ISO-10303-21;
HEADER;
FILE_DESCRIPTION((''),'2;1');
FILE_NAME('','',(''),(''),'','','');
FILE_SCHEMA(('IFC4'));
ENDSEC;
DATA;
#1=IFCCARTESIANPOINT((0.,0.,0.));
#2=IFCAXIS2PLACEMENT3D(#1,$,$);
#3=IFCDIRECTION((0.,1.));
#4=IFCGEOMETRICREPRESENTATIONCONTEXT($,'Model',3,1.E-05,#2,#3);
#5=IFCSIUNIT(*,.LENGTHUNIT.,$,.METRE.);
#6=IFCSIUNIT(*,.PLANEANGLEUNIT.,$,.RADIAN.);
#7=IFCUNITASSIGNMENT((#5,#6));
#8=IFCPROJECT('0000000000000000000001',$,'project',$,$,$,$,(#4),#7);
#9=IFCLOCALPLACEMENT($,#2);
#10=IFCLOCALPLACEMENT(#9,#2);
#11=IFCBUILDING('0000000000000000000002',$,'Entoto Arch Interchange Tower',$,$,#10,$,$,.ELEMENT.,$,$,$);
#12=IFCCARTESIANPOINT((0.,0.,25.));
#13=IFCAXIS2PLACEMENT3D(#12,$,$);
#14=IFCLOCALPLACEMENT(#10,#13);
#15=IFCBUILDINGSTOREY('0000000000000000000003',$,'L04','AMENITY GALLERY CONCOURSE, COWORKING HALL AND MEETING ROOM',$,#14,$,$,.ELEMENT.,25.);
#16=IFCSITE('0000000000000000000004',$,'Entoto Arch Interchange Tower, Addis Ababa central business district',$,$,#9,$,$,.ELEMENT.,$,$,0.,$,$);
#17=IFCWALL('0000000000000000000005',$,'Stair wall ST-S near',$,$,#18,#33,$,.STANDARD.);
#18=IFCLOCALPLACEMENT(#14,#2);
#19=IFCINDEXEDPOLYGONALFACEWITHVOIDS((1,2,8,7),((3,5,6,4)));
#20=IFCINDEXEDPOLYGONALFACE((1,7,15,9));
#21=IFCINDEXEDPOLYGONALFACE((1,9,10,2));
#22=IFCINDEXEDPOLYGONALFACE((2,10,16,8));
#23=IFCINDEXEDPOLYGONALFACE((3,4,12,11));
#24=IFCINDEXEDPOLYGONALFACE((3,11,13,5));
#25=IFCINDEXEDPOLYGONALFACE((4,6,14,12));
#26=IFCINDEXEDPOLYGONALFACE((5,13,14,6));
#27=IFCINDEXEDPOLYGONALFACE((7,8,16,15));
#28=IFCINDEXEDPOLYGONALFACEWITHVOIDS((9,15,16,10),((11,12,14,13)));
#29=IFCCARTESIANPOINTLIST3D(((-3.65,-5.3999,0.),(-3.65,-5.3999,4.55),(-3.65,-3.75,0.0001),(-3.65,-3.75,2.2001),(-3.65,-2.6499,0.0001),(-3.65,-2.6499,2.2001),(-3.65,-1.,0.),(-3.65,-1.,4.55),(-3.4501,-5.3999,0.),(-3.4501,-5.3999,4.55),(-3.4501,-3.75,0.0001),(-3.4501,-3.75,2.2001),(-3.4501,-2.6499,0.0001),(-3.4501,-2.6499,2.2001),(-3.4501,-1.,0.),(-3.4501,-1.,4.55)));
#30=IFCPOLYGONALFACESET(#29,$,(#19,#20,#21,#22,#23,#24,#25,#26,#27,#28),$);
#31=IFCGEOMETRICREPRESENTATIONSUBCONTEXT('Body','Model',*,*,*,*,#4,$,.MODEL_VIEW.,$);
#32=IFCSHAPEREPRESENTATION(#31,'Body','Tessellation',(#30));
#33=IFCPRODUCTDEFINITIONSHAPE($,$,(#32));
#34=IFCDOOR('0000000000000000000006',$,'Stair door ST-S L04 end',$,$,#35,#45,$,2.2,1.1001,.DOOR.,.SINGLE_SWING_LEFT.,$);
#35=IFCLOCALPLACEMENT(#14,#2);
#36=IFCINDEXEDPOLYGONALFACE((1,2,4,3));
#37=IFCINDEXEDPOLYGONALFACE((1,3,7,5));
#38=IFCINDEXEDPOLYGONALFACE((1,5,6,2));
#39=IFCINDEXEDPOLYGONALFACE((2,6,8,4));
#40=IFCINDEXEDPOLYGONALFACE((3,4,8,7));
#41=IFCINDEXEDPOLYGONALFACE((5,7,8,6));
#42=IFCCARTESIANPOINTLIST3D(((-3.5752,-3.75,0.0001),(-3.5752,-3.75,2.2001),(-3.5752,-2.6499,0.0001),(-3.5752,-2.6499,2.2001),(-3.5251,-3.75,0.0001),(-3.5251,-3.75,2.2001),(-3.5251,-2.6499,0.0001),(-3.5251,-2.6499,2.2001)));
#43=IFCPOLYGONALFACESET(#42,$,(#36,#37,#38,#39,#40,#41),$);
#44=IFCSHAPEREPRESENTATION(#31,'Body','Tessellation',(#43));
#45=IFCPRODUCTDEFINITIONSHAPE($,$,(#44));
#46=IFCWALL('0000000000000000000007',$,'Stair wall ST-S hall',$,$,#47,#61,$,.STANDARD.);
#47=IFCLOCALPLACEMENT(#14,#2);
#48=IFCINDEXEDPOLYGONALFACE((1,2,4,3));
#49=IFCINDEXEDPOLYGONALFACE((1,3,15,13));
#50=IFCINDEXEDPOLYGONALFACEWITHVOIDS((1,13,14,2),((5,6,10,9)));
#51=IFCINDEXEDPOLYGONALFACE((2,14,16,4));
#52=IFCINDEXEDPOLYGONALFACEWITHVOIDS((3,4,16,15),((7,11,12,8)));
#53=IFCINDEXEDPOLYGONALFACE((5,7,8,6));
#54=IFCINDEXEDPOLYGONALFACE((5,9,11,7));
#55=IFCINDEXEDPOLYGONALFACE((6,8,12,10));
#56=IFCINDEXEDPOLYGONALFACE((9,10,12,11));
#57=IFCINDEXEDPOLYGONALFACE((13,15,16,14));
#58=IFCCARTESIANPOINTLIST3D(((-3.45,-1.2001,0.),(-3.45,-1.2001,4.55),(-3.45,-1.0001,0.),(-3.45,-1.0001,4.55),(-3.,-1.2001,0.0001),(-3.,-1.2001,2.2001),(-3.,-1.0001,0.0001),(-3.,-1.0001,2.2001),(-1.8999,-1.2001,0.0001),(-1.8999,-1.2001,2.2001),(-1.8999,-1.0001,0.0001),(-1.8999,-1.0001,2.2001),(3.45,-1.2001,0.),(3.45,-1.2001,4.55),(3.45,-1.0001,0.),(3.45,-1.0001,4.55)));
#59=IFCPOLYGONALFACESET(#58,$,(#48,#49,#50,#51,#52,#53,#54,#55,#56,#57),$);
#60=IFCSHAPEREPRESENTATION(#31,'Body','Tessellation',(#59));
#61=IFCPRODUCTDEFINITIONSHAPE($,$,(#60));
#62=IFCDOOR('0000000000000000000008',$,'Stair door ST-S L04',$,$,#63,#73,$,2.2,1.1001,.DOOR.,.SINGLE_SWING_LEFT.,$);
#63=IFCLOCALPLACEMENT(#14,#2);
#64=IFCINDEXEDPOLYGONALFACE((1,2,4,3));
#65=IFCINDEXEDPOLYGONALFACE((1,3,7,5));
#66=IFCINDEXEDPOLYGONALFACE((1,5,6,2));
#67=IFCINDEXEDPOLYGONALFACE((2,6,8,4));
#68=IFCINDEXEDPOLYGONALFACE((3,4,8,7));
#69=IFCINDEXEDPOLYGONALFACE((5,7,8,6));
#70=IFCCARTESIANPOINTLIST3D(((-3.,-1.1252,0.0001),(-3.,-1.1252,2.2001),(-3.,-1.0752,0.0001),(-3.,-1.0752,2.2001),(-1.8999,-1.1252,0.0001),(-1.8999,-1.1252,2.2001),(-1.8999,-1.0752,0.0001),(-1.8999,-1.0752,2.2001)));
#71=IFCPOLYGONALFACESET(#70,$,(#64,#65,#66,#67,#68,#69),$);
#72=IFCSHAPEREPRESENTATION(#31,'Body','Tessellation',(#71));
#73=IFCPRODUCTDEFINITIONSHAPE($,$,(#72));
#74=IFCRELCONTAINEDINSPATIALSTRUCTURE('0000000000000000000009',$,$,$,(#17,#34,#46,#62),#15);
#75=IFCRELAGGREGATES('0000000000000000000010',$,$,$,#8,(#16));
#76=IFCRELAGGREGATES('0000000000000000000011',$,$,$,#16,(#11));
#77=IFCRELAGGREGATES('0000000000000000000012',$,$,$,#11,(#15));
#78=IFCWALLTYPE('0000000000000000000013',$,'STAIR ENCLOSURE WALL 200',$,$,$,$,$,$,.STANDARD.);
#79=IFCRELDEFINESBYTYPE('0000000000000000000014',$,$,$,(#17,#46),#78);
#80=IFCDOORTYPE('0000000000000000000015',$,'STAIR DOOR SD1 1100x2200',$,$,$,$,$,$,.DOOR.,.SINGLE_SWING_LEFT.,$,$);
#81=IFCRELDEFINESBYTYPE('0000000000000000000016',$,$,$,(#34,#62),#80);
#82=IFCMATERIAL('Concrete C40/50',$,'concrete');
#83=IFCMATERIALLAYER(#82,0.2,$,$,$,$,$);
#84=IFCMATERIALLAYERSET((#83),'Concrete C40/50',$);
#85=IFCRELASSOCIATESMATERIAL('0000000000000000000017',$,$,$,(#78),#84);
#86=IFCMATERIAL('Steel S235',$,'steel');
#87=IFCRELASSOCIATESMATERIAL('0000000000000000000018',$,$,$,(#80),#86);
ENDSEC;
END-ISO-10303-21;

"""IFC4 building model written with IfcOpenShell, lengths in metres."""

from ifc_helpers import new_model, si_unit, direction, frame, frame_2d, origin, place, context, subcontext, project, spatial, rectangle, extrude, material, layer, layer_set, type_object, element, fill, save


model = new_model("IFC4")

# Units and contexts
model_context = context("Model", 3, precision=1e-05, world=origin(), true_north=direction((0.0, 1.0)))
body_context = subcontext(model_context, "Body", "Model", "MODEL_VIEW")
ifc_project = project(units=[si_unit("LENGTHUNIT", "METRE"), si_unit("PLANEANGLEUNIT", "RADIAN")], contexts=[model_context])

# Site, building, storey
site_placement = place(None, origin())
site = spatial("IfcSite", under=ifc_project, at=site_placement, Name="Entoto Arch Interchange Tower, Addis Ababa central business district", CompositionType="ELEMENT", RefElevation=0.0)
building_placement = place(site_placement, origin())
building = spatial("IfcBuilding", under=site, at=building_placement, Name="Entoto Arch Interchange Tower", CompositionType="ELEMENT")
storey_placement = place(building_placement, frame((0.0, 0.0, 25.0)))
storey = spatial("IfcBuildingStorey", under=building, at=storey_placement, Name="L04", Description="AMENITY GALLERY CONCOURSE, COWORKING HALL AND MEETING ROOM", CompositionType="ELEMENT", Elevation=25.0)

# Shared definitions
ifc_material_1 = material(Name="Concrete C40/50", Category="concrete")

# Walls, openings, doors
ifc_layer_1 = layer(ifc_material_1, 0.2)
ifc_layer_set_1 = layer_set([ifc_layer_1], Name="Concrete C40/50")
wall_type_1 = type_object("IfcWallType", Name="STAIR ENCLOSURE WALL 200", PredefinedType="STANDARD", material=ifc_layer_set_1)
wall_1_placement = place(storey_placement, frame((-3.55, -1.0, 0.0), z_axis=(0.0, 0.0, 1.0), x_axis=(0.0, -1.0, 0.0)))
wall_1 = element("IfcWall", 1, at=wall_1_placement, inside=storey, type_object=wall_type_1, Name="Stair wall ST-S near", PredefinedType="STANDARD", context=body_context, shape_type="SweptSolid", body=[
    extrude(rectangle(XDim=4.3999, YDim=0.2, at=frame_2d((2.2, 0.0))), origin(), (0.0, 0.0, 1.0), 4.55),
])
opening_1_placement = place(wall_1_placement, frame((1.6499, 0.0, 0.0)))
opening_1 = element("IfcOpeningElement", 2, at=opening_1_placement, cuts=wall_1, PredefinedType="OPENING", context=body_context, shape_type="SweptSolid", body=[
    extrude(rectangle(XDim=1.1001, YDim=2.2, at=frame_2d((0.55, 1.1001))), frame((0.0, 0.1099, 0.0), z_axis=(0.0, -1.0, 0.0), x_axis=(1.0, 0.0, 0.0)), (0.0, 0.0, 1.0), 0.22),
])
ifc_material_2 = material(Name="Steel S235", Category="steel")
door_type_1 = type_object("IfcDoorType", Name="STAIR DOOR SD1 1100x2200", OperationType="SINGLE_SWING_LEFT", PredefinedType="DOOR", material=ifc_material_2)
door_1_placement = place(opening_1_placement, origin())
door_1 = element("IfcDoor", 3, at=door_1_placement, inside=storey, type_object=door_type_1, Name="Stair door ST-S L04 end", OperationType="SINGLE_SWING_LEFT", OverallHeight=2.2, OverallWidth=1.1001, PredefinedType="DOOR", context=body_context, shape_type="SweptSolid", body=[
    extrude(rectangle(XDim=1.1001, YDim=2.2, at=frame_2d((0.55, 1.1001))), frame((0.0, 0.0249, 0.0), z_axis=(0.0, -1.0, 0.0), x_axis=(1.0, 0.0, 0.0)), (0.0, 0.0, 1.0), 0.05),
])
fill(opening_1, door_1)
wall_2_placement = place(storey_placement, frame((-3.45, -1.1001, 0.0), z_axis=(0.0, 0.0, 1.0), x_axis=(1.0, 0.0, 0.0)))
wall_2 = element("IfcWall", 4, at=wall_2_placement, inside=storey, type_object=wall_type_1, Name="Stair wall ST-S hall", PredefinedType="STANDARD", context=body_context, shape_type="SweptSolid", body=[
    extrude(rectangle(XDim=6.8999, YDim=0.2, at=frame_2d((3.45, 0.0))), origin(), (0.0, 0.0, 1.0), 4.55),
])
opening_2_placement = place(wall_2_placement, frame((0.45, 0.0, 0.0)))
opening_2 = element("IfcOpeningElement", 5, at=opening_2_placement, cuts=wall_2, PredefinedType="OPENING", context=body_context, shape_type="SweptSolid", body=[
    extrude(rectangle(XDim=1.1001, YDim=2.2, at=frame_2d((0.55, 1.1001))), frame((0.0, 0.1099, 0.0), z_axis=(0.0, -1.0, 0.0), x_axis=(1.0, 0.0, 0.0)), (0.0, 0.0, 1.0), 0.22),
])
door_2_placement = place(opening_2_placement, origin())
door_2 = element("IfcDoor", 6, at=door_2_placement, inside=storey, type_object=door_type_1, Name="Stair door ST-S L04", OperationType="SINGLE_SWING_LEFT", OverallHeight=2.2, OverallWidth=1.1001, PredefinedType="DOOR", context=body_context, shape_type="SweptSolid", body=[
    extrude(rectangle(XDim=1.1001, YDim=2.2, at=frame_2d((0.55, 1.1001))), frame((0.0, 0.0249, 0.0), z_axis=(0.0, -1.0, 0.0), x_axis=(1.0, 0.0, 0.0)), (0.0, 0.0, 1.0), 0.05),
])
fill(opening_2, door_2)

save(model, "model.ifc")
